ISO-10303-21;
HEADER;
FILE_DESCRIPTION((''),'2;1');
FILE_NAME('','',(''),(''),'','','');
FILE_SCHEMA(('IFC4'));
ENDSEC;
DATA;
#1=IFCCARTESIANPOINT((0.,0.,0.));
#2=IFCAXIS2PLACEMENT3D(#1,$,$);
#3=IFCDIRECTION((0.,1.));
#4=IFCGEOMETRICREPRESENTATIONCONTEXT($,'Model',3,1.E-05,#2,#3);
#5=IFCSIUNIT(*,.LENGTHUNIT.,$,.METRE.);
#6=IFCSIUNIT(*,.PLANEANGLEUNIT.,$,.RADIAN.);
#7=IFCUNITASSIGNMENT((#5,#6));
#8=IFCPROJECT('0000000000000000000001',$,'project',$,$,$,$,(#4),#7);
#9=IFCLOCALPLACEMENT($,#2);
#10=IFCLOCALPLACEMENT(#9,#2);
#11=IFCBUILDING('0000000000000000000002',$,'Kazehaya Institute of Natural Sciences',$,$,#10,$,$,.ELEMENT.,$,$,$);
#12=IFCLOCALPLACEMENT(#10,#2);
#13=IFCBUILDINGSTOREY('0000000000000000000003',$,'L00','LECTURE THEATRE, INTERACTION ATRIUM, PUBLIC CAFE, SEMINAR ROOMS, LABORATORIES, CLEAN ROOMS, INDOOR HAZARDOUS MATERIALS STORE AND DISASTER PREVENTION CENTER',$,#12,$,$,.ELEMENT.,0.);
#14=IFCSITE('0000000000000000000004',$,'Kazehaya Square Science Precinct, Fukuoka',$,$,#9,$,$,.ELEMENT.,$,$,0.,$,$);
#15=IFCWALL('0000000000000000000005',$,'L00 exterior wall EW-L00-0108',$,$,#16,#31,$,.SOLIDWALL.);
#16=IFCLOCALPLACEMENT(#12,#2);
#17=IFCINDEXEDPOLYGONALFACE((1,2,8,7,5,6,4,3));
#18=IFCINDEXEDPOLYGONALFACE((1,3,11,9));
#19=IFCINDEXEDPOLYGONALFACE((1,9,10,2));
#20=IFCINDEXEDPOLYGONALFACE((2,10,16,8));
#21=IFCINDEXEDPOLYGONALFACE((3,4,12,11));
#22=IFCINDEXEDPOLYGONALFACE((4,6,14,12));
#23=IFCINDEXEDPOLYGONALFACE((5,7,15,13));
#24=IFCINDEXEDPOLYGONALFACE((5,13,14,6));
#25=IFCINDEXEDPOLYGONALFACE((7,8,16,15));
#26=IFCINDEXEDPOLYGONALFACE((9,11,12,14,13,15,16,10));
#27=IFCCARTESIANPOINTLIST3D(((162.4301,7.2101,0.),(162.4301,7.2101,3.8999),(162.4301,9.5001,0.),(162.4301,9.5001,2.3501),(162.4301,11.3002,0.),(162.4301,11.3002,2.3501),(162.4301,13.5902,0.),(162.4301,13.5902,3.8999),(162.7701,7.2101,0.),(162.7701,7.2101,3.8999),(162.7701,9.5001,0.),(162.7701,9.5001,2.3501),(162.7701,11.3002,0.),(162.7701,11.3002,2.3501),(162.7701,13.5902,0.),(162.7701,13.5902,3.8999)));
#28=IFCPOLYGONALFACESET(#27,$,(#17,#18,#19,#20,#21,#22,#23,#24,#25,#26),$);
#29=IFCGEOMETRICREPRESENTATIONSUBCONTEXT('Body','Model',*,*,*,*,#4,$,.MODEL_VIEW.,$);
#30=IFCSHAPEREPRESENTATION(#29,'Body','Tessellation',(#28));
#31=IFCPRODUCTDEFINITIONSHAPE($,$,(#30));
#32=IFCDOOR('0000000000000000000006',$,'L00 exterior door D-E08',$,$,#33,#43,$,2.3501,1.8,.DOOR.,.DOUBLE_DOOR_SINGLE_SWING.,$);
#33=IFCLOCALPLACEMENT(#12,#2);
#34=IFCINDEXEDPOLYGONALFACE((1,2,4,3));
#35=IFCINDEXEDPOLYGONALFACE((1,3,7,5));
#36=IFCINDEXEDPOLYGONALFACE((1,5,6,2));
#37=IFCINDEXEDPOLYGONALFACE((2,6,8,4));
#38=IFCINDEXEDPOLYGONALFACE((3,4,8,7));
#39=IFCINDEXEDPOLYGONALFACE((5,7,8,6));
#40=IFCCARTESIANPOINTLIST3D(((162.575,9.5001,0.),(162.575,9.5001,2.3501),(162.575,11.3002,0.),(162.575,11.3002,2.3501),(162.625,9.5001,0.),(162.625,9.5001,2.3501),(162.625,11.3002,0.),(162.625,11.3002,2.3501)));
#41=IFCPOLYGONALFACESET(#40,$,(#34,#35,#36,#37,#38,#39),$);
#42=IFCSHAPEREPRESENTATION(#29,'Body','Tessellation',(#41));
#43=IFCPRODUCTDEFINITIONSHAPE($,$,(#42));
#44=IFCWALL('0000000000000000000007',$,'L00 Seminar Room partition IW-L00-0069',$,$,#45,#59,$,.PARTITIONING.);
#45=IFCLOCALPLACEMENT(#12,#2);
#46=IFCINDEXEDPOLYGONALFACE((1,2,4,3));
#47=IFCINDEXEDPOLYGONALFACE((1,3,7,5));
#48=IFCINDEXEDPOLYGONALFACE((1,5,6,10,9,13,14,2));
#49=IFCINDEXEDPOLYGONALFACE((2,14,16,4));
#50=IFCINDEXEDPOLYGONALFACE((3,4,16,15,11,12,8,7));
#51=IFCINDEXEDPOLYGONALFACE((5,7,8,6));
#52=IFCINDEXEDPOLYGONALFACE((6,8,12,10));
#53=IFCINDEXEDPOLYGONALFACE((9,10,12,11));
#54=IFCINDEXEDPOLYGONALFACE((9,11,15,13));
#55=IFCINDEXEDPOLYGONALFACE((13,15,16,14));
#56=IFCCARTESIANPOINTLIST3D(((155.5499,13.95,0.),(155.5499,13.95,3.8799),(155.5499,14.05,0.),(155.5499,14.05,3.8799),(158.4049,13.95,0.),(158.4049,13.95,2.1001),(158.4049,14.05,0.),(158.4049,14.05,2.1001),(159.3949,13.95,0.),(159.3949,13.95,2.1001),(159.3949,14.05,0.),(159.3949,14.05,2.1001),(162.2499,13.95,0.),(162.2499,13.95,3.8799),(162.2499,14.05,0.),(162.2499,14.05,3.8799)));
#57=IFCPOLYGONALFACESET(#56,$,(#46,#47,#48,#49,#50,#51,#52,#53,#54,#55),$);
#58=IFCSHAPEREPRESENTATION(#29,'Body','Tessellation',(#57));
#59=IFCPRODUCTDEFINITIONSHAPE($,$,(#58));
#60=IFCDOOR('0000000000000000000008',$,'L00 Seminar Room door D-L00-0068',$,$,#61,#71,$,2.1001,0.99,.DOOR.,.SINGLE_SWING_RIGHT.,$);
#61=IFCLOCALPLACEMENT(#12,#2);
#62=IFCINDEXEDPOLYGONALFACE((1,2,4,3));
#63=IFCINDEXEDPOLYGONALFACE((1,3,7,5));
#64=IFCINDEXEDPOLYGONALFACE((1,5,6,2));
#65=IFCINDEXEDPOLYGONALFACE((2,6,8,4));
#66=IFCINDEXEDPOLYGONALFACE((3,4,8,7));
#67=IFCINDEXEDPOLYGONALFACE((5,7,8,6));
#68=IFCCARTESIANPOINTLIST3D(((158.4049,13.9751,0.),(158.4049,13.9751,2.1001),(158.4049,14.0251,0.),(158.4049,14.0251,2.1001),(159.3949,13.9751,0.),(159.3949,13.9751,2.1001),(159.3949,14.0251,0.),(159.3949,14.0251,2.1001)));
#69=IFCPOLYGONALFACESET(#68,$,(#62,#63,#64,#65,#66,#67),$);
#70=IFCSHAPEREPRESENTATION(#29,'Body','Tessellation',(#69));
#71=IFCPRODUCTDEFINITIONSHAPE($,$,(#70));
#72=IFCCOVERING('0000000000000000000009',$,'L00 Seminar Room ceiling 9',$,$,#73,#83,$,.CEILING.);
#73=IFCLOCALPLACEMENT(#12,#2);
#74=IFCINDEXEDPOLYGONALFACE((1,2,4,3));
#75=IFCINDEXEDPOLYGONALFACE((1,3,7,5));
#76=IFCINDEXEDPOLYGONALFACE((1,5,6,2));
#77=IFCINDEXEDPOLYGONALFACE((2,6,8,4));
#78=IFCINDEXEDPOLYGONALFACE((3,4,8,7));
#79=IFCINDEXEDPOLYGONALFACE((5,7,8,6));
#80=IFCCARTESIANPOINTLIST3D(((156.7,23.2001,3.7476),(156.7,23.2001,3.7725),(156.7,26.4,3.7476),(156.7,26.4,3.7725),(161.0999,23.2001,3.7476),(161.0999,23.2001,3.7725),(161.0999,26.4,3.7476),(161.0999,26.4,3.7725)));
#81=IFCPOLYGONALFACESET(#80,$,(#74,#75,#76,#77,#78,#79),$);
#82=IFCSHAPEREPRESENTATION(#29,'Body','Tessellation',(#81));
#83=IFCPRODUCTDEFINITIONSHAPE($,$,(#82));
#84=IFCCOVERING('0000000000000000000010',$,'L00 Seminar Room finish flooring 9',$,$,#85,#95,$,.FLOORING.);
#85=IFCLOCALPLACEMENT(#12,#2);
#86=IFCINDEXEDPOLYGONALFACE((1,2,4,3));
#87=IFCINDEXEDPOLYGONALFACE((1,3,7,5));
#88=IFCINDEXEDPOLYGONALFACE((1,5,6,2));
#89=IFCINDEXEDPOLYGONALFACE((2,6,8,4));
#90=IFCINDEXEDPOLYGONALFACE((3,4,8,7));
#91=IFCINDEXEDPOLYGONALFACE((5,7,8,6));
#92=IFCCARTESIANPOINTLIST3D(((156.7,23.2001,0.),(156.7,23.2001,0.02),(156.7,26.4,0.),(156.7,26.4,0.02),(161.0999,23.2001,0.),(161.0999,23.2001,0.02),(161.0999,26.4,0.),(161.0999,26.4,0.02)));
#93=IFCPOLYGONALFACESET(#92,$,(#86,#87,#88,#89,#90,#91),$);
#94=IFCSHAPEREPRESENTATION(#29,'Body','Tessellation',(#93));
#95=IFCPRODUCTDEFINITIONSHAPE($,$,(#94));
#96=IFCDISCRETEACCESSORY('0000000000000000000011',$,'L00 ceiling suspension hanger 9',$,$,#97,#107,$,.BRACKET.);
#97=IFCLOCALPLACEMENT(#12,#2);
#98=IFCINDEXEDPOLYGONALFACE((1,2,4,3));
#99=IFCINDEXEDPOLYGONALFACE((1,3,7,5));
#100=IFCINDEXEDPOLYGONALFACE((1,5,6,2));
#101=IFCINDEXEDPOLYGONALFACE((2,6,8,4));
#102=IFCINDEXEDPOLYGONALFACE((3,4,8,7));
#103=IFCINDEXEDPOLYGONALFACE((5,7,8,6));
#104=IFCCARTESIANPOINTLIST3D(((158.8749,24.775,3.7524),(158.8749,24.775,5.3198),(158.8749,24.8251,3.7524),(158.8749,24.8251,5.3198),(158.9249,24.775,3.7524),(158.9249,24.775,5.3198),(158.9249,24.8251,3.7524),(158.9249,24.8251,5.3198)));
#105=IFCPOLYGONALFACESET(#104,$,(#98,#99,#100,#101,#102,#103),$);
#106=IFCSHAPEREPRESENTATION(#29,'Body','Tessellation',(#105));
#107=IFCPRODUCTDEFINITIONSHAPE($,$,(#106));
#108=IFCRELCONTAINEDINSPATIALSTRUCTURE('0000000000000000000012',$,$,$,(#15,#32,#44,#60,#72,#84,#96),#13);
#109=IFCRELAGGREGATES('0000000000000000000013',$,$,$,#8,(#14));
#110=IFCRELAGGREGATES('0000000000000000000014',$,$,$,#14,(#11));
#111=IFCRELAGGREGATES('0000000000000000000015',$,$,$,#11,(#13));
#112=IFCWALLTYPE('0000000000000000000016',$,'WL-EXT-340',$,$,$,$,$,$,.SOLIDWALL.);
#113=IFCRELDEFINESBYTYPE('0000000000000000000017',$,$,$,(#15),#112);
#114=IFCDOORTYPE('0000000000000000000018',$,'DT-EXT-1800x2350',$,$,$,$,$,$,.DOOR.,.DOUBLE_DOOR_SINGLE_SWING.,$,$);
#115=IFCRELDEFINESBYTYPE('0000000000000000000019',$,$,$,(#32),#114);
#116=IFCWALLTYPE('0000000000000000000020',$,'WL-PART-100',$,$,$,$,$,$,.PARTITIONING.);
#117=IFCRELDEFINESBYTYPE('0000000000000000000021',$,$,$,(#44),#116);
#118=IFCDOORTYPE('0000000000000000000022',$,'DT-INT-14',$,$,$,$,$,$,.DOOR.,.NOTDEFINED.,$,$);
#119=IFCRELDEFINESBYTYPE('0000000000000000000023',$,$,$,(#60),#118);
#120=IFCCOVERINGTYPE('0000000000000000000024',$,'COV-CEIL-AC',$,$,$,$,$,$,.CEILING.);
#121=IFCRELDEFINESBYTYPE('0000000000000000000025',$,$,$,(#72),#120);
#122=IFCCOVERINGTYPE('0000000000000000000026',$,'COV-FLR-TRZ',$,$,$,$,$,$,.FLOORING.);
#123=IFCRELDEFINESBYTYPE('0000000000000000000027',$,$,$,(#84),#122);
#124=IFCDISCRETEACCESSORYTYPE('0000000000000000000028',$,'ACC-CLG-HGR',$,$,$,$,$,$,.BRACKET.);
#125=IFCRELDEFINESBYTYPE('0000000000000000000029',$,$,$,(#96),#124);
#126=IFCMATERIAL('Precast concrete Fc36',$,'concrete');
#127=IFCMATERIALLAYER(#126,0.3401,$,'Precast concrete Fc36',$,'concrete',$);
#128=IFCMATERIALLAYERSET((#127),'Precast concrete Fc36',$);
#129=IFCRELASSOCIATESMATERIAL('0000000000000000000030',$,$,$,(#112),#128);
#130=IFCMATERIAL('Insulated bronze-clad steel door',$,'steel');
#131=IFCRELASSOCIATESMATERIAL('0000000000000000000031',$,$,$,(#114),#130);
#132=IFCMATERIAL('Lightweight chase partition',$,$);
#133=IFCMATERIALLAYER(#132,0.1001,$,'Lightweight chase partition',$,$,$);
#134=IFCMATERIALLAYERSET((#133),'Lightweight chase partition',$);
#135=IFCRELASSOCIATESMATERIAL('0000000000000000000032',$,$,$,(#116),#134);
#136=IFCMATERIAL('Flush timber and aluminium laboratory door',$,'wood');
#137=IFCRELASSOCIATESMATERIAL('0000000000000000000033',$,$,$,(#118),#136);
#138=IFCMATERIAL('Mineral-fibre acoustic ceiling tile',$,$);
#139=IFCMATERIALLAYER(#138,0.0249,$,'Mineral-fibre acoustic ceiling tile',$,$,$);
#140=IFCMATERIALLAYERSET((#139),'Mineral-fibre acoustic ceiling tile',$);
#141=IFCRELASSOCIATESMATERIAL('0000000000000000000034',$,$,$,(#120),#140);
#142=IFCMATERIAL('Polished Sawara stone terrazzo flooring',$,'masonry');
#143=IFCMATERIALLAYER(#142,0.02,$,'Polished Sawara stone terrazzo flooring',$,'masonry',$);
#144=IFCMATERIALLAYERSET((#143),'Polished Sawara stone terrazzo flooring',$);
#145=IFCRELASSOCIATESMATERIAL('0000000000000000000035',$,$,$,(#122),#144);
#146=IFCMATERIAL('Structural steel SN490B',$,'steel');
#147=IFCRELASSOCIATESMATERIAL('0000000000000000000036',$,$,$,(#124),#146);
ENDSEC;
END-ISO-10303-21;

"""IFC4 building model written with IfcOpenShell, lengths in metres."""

from ifc_helpers import new_model, si_unit, direction, frame, frame_2d, origin, origin_2d, place, context, subcontext, project, spatial, rectangle, extrude, material, layer, layer_set, type_object, element, fill, save


model = new_model("IFC4")

# Units and contexts
model_context = context("Model", 3, precision=1e-05, world=origin(), true_north=direction((0.0, 1.0)))
body_context = subcontext(model_context, "Body", "Model", "MODEL_VIEW")
ifc_project = project(units=[si_unit("LENGTHUNIT", "METRE"), si_unit("PLANEANGLEUNIT", "RADIAN")], contexts=[model_context])

# Site, building, storey
site_placement = place(None, origin())
site = spatial("IfcSite", under=ifc_project, at=site_placement, Name="Kazehaya Square Science Precinct, Fukuoka", CompositionType="ELEMENT", RefElevation=0.0)
building_placement = place(site_placement, origin())
building = spatial("IfcBuilding", under=site, at=building_placement, Name="Kazehaya Institute of Natural Sciences", CompositionType="ELEMENT")
storey_placement = place(building_placement, origin())
storey = spatial("IfcBuildingStorey", under=building, at=storey_placement, Name="L00", Description="LECTURE THEATRE, INTERACTION ATRIUM, PUBLIC CAFE, SEMINAR ROOMS, LABORATORIES, CLEAN ROOMS, INDOOR HAZARDOUS MATERIALS STORE AND DISASTER PREVENTION CENTER", CompositionType="ELEMENT", Elevation=0.0)

# Shared definitions
ifc_material_1 = material(Name="Precast concrete Fc36", Category="concrete")
ifc_layer_1 = layer(ifc_material_1, 0.3401, Name="Precast concrete Fc36", Category="concrete")
ifc_layer_set_1 = layer_set([ifc_layer_1], Name="Precast concrete Fc36")
wall_type_1 = type_object("IfcWallType", Name="WL-EXT-340", PredefinedType="SOLIDWALL", material=ifc_layer_set_1)

# Walls, openings, doors
wall_1_placement = place(storey_placement, frame((162.6001, 13.5901, 0.0), z_axis=(0.0, 0.0, 1.0), x_axis=(0.0, -1.0, 0.0)))
wall_1 = element("IfcWall", 1, at=wall_1_placement, inside=storey, type_object=wall_type_1, Name="L00 exterior wall EW-L00-0108", PredefinedType="SOLIDWALL", context=body_context, shape_type="SweptSolid", body=[
    extrude(rectangle(XDim=6.3801, YDim=0.3401, at=frame_2d((3.1899, 0.0))), origin(), (0.0, 0.0, 1.0), 3.8999),
])
opening_1_placement = place(wall_1_placement, frame((2.29, 0.0, 0.0)))
opening_1 = element("IfcOpeningElement", 2, at=opening_1_placement, cuts=wall_1, PredefinedType="OPENING", context=body_context, shape_type="SweptSolid", body=[
    extrude(rectangle(XDim=1.8, YDim=2.3501, at=frame_2d((0.8999, 1.175))), frame((0.0, 0.1799, 0.0), z_axis=(0.0, -1.0, 0.0), x_axis=(1.0, 0.0, 0.0)), (0.0, 0.0, 1.0), 0.3601),
])
ifc_material_2 = material(Name="Insulated bronze-clad steel door", Category="steel")
door_type_1 = type_object("IfcDoorType", Name="DT-EXT-1800x2350", OperationType="DOUBLE_DOOR_SINGLE_SWING", PredefinedType="DOOR", material=ifc_material_2)
door_1_placement = place(opening_1_placement, origin())
door_1 = element("IfcDoor", 3, at=door_1_placement, inside=storey, type_object=door_type_1, Name="L00 exterior door D-E08", OperationType="DOUBLE_DOOR_SINGLE_SWING", OverallHeight=2.3501, OverallWidth=1.8, PredefinedType="DOOR", context=body_context, shape_type="SweptSolid", body=[
    extrude(rectangle(XDim=1.8, YDim=2.3501, at=frame_2d((0.8999, 1.175))), frame((0.0, 0.0249, 0.0), z_axis=(0.0, -1.0, 0.0), x_axis=(1.0, 0.0, 0.0)), (0.0, 0.0, 1.0), 0.05),
])
fill(opening_1, door_1)
ifc_material_3 = material(Name="Lightweight chase partition")
ifc_layer_2 = layer(ifc_material_3, 0.1001, Name="Lightweight chase partition")
ifc_layer_set_2 = layer_set([ifc_layer_2], Name="Lightweight chase partition")
wall_type_2 = type_object("IfcWallType", Name="WL-PART-100", PredefinedType="PARTITIONING", material=ifc_layer_set_2)
wall_2_placement = place(storey_placement, frame((162.25, 14.0, 0.0), z_axis=(0.0, 0.0, 1.0), x_axis=(-1.0, 0.0, 0.0)))
wall_2 = element("IfcWall", 4, at=wall_2_placement, inside=storey, type_object=wall_type_2, Name="L00 Seminar Room partition IW-L00-0069", PredefinedType="PARTITIONING", context=body_context, shape_type="SweptSolid", body=[
    extrude(rectangle(XDim=6.7, YDim=0.1001, at=frame_2d((3.3501, 0.0))), origin(), (0.0, 0.0, 1.0), 3.8799),
])
opening_2_placement = place(wall_2_placement, frame((2.855, 0.0, 0.0)))
opening_2 = element("IfcOpeningElement", 5, at=opening_2_placement, cuts=wall_2, PredefinedType="OPENING", context=body_context, shape_type="SweptSolid", body=[
    extrude(rectangle(XDim=0.99, YDim=2.1001, at=frame_2d((0.4951, 1.05))), frame((0.0, 0.0601, 0.0), z_axis=(0.0, -1.0, 0.0), x_axis=(1.0, 0.0, 0.0)), (0.0, 0.0, 1.0), 0.1201),
])
ifc_material_4 = material(Name="Flush timber and aluminium laboratory door", Category="wood")
door_type_2 = type_object("IfcDoorType", Name="DT-INT-14", OperationType="NOTDEFINED", PredefinedType="DOOR", material=ifc_material_4)
door_2_placement = place(opening_2_placement, origin())
door_2 = element("IfcDoor", 6, at=door_2_placement, inside=storey, type_object=door_type_2, Name="L00 Seminar Room door D-L00-0068", OperationType="SINGLE_SWING_RIGHT", OverallHeight=2.1001, OverallWidth=0.99, PredefinedType="DOOR", context=body_context, shape_type="SweptSolid", body=[
    extrude(rectangle(XDim=0.99, YDim=2.1001, at=frame_2d((0.4951, 1.05))), frame((0.0, 0.0249, 0.0), z_axis=(0.0, -1.0, 0.0), x_axis=(1.0, 0.0, 0.0)), (0.0, 0.0, 1.0), 0.05),
])
fill(opening_2, door_2)

# Coverings
ifc_material_5 = material(Name="Mineral-fibre acoustic ceiling tile")
ifc_layer_3 = layer(ifc_material_5, 0.0249, Name="Mineral-fibre acoustic ceiling tile")
ifc_layer_set_3 = layer_set([ifc_layer_3], Name="Mineral-fibre acoustic ceiling tile")
covering_type_1 = type_object("IfcCoveringType", Name="COV-CEIL-AC", PredefinedType="CEILING", material=ifc_layer_set_3)
covering_1_placement = place(storey_placement, frame((158.8999, 24.8, 3.7476), z_axis=(0.0, 0.0, 1.0), x_axis=(1.0, 0.0, 0.0)))
element("IfcCovering", 7, at=covering_1_placement, inside=storey, type_object=covering_type_1, Name="L00 Seminar Room ceiling 9", PredefinedType="CEILING", context=body_context, shape_type="SweptSolid", body=[
    extrude(rectangle(XDim=4.3999, YDim=3.2, at=origin_2d()), origin(), (0.0, 0.0, 1.0), 0.0249),
])
ifc_material_6 = material(Name="Polished Sawara stone terrazzo flooring", Category="masonry")
ifc_layer_4 = layer(ifc_material_6, 0.02, Name="Polished Sawara stone terrazzo flooring", Category="masonry")
ifc_layer_set_4 = layer_set([ifc_layer_4], Name="Polished Sawara stone terrazzo flooring")
covering_type_2 = type_object("IfcCoveringType", Name="COV-FLR-TRZ", PredefinedType="FLOORING", material=ifc_layer_set_4)
covering_2_placement = place(storey_placement, frame((158.8999, 24.8, 0.0), z_axis=(0.0, 0.0, 1.0), x_axis=(1.0, 0.0, 0.0)))
element("IfcCovering", 8, at=covering_2_placement, inside=storey, type_object=covering_type_2, Name="L00 Seminar Room finish flooring 9", PredefinedType="FLOORING", context=body_context, shape_type="SweptSolid", body=[
    extrude(rectangle(XDim=4.3999, YDim=3.2, at=origin_2d()), origin(), (0.0, 0.0, 1.0), 0.02),
])

# Discrete accessory
ifc_material_7 = material(Name="Structural steel SN490B", Category="steel")
discrete_accessory_type = type_object("IfcDiscreteAccessoryType", Name="ACC-CLG-HGR", PredefinedType="BRACKET", material=ifc_material_7)
discrete_accessory_placement = place(storey_placement, frame((158.8999, 24.8, 3.7524), z_axis=(0.0, 0.0, 1.0), x_axis=(1.0, 0.0, 0.0)))
element("IfcDiscreteAccessory", 9, at=discrete_accessory_placement, inside=storey, type_object=discrete_accessory_type, Name="L00 ceiling suspension hanger 9", PredefinedType="BRACKET", context=body_context, shape_type="SweptSolid", body=[
    extrude(rectangle(XDim=0.05, YDim=0.05, at=origin_2d()), origin(), (0.0, 0.0, 1.0), 1.5674),
])

save(model, "model.ifc")
